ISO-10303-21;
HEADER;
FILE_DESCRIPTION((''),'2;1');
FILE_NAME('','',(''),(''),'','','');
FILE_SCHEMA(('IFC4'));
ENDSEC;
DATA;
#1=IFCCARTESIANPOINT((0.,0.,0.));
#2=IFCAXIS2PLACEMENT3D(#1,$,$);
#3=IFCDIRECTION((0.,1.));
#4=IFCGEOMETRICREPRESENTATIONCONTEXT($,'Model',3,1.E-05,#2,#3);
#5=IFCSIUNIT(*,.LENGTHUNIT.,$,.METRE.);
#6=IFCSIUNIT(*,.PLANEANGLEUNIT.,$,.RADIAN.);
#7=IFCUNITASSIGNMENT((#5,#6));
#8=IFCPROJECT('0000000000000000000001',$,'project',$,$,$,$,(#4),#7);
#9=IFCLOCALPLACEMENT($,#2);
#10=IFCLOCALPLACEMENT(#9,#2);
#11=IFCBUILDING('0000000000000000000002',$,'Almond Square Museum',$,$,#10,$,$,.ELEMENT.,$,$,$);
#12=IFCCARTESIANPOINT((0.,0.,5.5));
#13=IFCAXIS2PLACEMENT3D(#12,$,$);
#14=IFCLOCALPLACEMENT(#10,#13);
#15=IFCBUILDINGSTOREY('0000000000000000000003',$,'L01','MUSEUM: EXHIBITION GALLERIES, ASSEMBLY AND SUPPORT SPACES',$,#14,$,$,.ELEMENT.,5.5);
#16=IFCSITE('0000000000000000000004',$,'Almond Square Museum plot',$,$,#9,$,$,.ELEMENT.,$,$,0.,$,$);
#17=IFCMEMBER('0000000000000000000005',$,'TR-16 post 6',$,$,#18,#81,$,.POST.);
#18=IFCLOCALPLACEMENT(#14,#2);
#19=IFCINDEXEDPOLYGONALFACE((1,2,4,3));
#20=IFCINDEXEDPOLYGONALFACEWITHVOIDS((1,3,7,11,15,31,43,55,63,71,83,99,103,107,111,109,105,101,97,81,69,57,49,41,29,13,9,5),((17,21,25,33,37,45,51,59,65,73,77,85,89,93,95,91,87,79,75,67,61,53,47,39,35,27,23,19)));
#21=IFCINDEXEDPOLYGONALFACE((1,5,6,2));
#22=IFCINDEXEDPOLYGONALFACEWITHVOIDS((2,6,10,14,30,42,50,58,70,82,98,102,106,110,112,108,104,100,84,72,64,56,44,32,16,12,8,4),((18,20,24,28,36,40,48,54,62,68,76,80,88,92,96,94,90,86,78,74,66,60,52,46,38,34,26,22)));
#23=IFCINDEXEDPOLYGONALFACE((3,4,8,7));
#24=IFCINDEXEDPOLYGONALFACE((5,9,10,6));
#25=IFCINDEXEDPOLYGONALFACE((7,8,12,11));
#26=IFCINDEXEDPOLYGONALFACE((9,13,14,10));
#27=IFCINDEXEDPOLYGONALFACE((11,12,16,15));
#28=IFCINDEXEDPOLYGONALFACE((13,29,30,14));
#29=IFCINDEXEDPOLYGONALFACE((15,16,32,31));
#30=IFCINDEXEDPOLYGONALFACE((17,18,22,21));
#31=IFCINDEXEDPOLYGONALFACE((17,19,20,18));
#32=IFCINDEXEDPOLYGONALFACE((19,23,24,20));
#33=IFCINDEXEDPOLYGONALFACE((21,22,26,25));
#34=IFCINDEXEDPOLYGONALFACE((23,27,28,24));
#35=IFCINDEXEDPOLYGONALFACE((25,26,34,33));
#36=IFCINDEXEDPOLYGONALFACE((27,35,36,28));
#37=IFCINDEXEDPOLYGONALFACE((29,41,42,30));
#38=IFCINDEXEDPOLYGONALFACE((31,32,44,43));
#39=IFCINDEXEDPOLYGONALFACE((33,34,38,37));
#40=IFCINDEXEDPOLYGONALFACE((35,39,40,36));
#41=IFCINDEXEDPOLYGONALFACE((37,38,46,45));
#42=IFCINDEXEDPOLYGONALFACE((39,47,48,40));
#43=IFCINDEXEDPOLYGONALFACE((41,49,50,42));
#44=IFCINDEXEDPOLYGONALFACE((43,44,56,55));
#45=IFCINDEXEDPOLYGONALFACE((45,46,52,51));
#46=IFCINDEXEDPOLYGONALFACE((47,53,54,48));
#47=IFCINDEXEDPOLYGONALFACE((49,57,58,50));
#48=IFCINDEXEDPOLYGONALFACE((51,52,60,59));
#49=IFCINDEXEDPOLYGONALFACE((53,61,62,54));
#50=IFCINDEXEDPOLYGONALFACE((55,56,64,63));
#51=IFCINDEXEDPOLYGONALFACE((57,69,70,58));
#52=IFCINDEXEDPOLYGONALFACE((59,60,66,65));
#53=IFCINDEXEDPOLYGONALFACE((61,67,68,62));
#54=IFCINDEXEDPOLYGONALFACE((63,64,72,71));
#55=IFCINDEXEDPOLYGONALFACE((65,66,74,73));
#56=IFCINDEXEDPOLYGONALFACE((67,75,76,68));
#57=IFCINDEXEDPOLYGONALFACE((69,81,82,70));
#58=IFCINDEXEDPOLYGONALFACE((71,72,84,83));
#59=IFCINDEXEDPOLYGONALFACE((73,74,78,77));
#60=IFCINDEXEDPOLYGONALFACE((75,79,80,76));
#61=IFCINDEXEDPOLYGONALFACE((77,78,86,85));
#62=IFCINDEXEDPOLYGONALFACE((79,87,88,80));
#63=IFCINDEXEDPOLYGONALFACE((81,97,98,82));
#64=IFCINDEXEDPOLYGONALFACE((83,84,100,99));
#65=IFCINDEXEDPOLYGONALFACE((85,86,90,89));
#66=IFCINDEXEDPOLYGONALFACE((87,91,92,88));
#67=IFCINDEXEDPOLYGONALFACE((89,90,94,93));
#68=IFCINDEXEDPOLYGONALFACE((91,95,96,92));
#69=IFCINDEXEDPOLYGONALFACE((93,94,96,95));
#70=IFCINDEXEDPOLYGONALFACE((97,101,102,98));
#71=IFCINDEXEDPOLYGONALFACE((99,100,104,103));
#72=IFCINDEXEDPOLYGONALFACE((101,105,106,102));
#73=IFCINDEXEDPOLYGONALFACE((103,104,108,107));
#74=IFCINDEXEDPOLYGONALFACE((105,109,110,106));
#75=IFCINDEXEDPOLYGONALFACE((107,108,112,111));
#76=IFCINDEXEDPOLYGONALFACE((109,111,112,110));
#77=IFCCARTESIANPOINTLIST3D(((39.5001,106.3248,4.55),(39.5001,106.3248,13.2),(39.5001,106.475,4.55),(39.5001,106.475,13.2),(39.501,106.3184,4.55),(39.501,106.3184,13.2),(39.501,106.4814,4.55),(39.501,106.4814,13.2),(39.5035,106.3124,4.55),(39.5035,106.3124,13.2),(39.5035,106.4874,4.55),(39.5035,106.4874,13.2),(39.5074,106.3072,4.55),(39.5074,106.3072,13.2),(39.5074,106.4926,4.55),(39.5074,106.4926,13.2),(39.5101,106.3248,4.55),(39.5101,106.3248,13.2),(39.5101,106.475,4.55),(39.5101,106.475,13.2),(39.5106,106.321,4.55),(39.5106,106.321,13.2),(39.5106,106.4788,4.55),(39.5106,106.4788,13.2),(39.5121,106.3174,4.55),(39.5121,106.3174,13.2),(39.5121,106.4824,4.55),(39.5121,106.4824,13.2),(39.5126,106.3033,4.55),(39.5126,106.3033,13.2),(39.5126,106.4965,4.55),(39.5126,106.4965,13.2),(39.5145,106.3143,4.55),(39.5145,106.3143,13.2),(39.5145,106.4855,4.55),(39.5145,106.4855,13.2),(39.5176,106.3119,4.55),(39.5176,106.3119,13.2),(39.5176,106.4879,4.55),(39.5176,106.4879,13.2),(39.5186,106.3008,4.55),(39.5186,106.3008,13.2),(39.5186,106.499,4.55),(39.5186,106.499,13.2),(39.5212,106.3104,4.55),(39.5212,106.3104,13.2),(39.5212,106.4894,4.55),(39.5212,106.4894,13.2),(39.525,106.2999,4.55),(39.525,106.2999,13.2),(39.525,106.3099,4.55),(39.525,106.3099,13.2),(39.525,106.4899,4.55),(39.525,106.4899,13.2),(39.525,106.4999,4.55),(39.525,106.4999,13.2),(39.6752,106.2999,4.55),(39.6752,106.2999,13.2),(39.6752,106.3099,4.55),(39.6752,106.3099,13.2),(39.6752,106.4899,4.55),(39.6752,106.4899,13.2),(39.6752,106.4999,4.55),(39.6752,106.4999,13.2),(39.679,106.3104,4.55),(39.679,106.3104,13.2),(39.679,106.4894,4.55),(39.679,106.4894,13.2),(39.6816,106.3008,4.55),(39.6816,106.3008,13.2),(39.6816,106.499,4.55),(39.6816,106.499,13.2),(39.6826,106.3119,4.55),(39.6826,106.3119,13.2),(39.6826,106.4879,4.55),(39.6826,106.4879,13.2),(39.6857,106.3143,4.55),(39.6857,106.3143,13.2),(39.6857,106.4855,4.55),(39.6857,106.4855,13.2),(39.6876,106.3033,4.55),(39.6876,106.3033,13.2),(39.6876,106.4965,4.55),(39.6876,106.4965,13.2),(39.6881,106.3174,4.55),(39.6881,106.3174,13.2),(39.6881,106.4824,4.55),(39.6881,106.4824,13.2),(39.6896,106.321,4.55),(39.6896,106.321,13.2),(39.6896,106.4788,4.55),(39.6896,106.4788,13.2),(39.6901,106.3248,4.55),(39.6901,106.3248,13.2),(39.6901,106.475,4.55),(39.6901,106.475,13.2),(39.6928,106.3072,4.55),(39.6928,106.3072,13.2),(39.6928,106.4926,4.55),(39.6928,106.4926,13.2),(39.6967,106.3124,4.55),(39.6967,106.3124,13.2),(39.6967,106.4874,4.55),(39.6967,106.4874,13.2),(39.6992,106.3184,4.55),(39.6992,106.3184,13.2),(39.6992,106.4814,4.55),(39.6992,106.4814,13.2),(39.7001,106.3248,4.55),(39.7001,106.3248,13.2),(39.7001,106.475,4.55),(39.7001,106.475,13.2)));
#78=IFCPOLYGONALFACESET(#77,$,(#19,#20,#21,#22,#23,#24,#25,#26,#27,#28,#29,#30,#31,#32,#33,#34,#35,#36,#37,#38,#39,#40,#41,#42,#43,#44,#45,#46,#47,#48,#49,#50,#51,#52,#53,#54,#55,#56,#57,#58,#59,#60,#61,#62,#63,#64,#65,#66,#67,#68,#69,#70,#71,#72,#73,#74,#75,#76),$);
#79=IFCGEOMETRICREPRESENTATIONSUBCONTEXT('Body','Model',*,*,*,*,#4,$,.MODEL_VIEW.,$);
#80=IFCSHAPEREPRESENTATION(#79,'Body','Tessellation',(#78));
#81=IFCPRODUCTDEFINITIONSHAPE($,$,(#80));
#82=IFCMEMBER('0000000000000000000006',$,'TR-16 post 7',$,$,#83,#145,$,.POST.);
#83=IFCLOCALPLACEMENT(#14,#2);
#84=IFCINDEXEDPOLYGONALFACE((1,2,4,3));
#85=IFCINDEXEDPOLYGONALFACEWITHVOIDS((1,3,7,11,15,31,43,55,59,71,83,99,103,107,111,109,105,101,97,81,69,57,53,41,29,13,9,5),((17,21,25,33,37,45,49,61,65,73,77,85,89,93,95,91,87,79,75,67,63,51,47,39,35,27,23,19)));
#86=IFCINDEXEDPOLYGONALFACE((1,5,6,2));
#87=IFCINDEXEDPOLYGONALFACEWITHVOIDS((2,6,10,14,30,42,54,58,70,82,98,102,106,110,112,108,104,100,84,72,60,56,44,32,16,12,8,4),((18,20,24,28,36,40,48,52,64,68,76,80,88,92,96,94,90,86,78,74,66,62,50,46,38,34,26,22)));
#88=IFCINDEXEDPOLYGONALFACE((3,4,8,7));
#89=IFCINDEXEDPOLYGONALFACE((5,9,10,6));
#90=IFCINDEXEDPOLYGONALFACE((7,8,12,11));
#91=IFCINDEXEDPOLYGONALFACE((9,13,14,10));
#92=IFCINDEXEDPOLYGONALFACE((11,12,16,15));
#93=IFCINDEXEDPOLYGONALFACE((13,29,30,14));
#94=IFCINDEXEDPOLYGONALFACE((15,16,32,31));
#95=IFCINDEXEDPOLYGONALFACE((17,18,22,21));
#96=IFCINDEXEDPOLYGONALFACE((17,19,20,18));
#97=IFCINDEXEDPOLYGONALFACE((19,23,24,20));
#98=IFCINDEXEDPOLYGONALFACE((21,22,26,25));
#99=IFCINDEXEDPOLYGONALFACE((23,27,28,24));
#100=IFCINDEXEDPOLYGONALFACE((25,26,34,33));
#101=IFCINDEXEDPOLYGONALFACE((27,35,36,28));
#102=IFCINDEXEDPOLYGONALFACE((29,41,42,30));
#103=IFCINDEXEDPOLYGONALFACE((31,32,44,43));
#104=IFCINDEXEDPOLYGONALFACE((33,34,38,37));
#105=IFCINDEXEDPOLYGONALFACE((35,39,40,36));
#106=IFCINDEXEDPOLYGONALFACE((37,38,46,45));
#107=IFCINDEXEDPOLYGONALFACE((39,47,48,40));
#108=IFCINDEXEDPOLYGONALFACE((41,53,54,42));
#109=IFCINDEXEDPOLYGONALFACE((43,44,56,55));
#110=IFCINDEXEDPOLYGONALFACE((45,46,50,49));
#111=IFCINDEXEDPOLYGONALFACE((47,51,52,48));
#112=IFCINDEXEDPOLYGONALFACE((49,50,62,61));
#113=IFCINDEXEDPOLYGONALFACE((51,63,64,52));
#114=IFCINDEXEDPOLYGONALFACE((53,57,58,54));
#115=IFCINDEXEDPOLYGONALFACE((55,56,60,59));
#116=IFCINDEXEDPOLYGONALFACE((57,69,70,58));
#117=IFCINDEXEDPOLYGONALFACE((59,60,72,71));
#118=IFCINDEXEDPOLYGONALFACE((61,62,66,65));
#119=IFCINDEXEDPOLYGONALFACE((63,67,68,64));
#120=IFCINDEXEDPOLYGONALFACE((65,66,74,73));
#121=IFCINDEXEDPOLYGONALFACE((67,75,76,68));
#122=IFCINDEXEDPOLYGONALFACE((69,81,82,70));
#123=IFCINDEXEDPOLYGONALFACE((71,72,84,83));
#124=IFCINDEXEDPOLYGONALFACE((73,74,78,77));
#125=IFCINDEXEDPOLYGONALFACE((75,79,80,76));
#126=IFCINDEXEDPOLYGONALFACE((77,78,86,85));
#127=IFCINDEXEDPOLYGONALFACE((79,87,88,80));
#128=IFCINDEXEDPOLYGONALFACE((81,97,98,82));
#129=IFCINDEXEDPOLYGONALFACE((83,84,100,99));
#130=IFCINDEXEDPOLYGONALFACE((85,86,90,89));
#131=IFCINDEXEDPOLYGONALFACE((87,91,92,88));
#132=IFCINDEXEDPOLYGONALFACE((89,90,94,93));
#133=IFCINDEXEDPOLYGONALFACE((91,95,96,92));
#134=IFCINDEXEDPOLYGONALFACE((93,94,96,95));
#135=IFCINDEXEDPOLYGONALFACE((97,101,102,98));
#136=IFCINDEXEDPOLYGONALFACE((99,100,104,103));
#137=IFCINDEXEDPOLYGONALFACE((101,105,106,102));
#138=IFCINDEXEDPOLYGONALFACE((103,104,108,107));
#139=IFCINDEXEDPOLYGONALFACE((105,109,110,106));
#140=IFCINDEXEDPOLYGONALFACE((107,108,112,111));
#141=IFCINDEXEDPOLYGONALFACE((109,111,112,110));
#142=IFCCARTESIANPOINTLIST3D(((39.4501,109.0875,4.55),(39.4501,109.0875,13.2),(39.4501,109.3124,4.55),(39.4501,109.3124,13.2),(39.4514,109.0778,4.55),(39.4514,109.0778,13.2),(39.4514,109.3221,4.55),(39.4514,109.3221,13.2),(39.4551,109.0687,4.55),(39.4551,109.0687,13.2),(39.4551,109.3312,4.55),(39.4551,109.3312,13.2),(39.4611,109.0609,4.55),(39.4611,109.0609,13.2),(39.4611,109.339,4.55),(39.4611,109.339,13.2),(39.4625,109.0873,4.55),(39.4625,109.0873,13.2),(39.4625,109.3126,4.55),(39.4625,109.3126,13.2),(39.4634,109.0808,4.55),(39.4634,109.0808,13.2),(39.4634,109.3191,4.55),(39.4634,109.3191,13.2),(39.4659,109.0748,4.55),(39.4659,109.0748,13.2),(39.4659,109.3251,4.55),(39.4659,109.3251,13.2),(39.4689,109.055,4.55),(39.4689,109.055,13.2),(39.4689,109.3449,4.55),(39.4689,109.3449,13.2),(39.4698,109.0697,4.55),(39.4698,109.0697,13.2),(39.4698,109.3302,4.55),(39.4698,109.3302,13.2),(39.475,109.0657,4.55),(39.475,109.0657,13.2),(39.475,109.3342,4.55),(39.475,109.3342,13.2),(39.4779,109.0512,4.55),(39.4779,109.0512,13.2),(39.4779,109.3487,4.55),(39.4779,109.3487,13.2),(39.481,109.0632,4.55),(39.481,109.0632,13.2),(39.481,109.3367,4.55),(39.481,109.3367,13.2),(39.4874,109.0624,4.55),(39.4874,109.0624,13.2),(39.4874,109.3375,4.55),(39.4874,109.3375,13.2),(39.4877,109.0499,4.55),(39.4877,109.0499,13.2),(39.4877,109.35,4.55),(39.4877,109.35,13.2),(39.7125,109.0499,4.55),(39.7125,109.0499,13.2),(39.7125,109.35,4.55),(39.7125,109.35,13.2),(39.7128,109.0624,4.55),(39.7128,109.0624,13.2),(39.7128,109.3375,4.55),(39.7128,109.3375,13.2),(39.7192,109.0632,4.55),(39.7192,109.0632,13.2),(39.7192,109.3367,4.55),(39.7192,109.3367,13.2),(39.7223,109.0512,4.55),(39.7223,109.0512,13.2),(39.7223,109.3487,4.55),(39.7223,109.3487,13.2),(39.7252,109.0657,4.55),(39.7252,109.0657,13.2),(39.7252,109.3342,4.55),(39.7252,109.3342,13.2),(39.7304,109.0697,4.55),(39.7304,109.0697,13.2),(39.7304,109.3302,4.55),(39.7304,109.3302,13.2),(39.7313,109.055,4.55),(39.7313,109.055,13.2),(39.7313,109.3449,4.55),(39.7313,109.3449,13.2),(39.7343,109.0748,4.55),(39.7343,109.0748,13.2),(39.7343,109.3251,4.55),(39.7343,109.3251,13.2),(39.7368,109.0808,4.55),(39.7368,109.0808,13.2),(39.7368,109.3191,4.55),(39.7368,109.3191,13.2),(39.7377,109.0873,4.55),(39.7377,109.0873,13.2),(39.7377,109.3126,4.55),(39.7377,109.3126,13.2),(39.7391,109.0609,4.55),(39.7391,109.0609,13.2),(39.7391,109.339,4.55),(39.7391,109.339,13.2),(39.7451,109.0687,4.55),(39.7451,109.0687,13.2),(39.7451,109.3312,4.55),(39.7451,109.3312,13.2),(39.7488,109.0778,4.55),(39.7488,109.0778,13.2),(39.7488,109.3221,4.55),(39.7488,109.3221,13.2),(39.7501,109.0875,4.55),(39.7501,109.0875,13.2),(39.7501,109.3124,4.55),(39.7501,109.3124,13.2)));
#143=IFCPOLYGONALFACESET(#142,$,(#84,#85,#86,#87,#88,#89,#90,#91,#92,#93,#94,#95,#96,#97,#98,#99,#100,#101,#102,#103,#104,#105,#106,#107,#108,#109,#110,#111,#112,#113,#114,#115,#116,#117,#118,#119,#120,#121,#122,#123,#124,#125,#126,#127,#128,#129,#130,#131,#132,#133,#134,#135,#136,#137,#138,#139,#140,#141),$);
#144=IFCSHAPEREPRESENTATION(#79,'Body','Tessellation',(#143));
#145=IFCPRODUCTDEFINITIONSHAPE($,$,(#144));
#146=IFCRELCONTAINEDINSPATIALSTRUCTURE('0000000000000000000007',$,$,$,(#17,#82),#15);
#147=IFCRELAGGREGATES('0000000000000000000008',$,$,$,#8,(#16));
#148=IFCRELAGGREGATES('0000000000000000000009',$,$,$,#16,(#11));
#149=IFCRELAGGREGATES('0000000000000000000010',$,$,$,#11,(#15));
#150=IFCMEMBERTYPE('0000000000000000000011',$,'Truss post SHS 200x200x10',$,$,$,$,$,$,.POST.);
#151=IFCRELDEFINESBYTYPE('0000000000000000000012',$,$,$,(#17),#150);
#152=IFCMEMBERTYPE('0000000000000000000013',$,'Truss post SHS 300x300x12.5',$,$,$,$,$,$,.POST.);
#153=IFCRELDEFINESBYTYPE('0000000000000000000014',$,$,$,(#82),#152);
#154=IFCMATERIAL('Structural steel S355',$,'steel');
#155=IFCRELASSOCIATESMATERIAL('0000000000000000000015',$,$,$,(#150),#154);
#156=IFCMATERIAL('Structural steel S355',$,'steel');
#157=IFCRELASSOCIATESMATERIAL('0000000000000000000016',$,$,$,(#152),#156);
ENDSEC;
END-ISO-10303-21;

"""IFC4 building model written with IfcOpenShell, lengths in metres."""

from ifc_helpers import new_model, si_unit, direction, frame, origin, origin_2d, place, context, subcontext, project, spatial, hollow_rectangle, extrude, material, material_profile, profile_set, type_object, element, save


model = new_model("IFC4")

# Units and contexts
model_context = context("Model", 3, precision=1e-05, world=origin(), true_north=direction((0.0, 1.0)))
body_context = subcontext(model_context, "Body", "Model", "MODEL_VIEW")
ifc_project = project(units=[si_unit("LENGTHUNIT", "METRE"), si_unit("PLANEANGLEUNIT", "RADIAN")], contexts=[model_context])

# Site, building, storey
site_placement = place(None, origin())
site = spatial("IfcSite", under=ifc_project, at=site_placement, Name="Almond Square Museum plot", CompositionType="ELEMENT", RefElevation=0.0)
building_placement = place(site_placement, origin())
building = spatial("IfcBuilding", under=site, at=building_placement, Name="Almond Square Museum", CompositionType="ELEMENT")
storey_placement = place(building_placement, frame((0.0, 0.0, 5.5)))
storey = spatial("IfcBuildingStorey", under=building, at=storey_placement, Name="L01", Description="MUSEUM: EXHIBITION GALLERIES, ASSEMBLY AND SUPPORT SPACES", CompositionType="ELEMENT", Elevation=5.5)

# Members
ifc_material_1 = material(Name="Structural steel S355", Category="steel")
ifc_material_profile_1 = material_profile(ifc_material_1, hollow_rectangle(XDim=0.2, YDim=0.2, WallThickness=0.01, InnerFilletRadius=0.0149, OuterFilletRadius=0.0249, at=origin_2d()))
ifc_profile_set_1 = profile_set([ifc_material_profile_1], Name="Structural steel S355")
member_type_1 = type_object("IfcMemberType", Name="Truss post SHS 200x200x10", PredefinedType="POST", material=ifc_profile_set_1)
for number, where, z_axis, x_axis, name in (
    (1, (39.6001, 106.3999, 4.55), (0.0, 0.0, 1.0), (1.0, 0.0, 0.0), "TR-16 post 6"),
):
    element("IfcMember", number, at=place(storey_placement, frame(where, z_axis=z_axis, x_axis=x_axis)), inside=storey, type_object=member_type_1, Name=name, PredefinedType="POST", context=body_context, shape_type="SweptSolid", body=[
        extrude(hollow_rectangle(XDim=0.2, YDim=0.2, WallThickness=0.01, InnerFilletRadius=0.0149, OuterFilletRadius=0.0249, at=origin_2d()), origin(), (0.0, 0.0, 1.0), 8.6499),
    ])
ifc_material_2 = material(Name="Structural steel S355", Category="steel")
ifc_material_profile_2 = material_profile(ifc_material_2, hollow_rectangle(XDim=0.3, YDim=0.3, WallThickness=0.0125, InnerFilletRadius=0.0249, OuterFilletRadius=0.0376, at=origin_2d()))
ifc_profile_set_2 = profile_set([ifc_material_profile_2], Name="Structural steel S355")
member_type_2 = type_object("IfcMemberType", Name="Truss post SHS 300x300x12.5", PredefinedType="POST", material=ifc_profile_set_2)
member_1_placement = place(storey_placement, frame((39.6001, 109.2, 4.55), z_axis=(0.0, 0.0, 1.0), x_axis=(1.0, 0.0, 0.0)))
element("IfcMember", 2, at=member_1_placement, inside=storey, type_object=member_type_2, Name="TR-16 post 7", PredefinedType="POST", context=body_context, shape_type="SweptSolid", body=[
    extrude(hollow_rectangle(XDim=0.3, YDim=0.3, WallThickness=0.0125, InnerFilletRadius=0.0249, OuterFilletRadius=0.0376, at=origin_2d()), origin(), (0.0, 0.0, 1.0), 8.6499),
])

save(model, "model.ifc")
